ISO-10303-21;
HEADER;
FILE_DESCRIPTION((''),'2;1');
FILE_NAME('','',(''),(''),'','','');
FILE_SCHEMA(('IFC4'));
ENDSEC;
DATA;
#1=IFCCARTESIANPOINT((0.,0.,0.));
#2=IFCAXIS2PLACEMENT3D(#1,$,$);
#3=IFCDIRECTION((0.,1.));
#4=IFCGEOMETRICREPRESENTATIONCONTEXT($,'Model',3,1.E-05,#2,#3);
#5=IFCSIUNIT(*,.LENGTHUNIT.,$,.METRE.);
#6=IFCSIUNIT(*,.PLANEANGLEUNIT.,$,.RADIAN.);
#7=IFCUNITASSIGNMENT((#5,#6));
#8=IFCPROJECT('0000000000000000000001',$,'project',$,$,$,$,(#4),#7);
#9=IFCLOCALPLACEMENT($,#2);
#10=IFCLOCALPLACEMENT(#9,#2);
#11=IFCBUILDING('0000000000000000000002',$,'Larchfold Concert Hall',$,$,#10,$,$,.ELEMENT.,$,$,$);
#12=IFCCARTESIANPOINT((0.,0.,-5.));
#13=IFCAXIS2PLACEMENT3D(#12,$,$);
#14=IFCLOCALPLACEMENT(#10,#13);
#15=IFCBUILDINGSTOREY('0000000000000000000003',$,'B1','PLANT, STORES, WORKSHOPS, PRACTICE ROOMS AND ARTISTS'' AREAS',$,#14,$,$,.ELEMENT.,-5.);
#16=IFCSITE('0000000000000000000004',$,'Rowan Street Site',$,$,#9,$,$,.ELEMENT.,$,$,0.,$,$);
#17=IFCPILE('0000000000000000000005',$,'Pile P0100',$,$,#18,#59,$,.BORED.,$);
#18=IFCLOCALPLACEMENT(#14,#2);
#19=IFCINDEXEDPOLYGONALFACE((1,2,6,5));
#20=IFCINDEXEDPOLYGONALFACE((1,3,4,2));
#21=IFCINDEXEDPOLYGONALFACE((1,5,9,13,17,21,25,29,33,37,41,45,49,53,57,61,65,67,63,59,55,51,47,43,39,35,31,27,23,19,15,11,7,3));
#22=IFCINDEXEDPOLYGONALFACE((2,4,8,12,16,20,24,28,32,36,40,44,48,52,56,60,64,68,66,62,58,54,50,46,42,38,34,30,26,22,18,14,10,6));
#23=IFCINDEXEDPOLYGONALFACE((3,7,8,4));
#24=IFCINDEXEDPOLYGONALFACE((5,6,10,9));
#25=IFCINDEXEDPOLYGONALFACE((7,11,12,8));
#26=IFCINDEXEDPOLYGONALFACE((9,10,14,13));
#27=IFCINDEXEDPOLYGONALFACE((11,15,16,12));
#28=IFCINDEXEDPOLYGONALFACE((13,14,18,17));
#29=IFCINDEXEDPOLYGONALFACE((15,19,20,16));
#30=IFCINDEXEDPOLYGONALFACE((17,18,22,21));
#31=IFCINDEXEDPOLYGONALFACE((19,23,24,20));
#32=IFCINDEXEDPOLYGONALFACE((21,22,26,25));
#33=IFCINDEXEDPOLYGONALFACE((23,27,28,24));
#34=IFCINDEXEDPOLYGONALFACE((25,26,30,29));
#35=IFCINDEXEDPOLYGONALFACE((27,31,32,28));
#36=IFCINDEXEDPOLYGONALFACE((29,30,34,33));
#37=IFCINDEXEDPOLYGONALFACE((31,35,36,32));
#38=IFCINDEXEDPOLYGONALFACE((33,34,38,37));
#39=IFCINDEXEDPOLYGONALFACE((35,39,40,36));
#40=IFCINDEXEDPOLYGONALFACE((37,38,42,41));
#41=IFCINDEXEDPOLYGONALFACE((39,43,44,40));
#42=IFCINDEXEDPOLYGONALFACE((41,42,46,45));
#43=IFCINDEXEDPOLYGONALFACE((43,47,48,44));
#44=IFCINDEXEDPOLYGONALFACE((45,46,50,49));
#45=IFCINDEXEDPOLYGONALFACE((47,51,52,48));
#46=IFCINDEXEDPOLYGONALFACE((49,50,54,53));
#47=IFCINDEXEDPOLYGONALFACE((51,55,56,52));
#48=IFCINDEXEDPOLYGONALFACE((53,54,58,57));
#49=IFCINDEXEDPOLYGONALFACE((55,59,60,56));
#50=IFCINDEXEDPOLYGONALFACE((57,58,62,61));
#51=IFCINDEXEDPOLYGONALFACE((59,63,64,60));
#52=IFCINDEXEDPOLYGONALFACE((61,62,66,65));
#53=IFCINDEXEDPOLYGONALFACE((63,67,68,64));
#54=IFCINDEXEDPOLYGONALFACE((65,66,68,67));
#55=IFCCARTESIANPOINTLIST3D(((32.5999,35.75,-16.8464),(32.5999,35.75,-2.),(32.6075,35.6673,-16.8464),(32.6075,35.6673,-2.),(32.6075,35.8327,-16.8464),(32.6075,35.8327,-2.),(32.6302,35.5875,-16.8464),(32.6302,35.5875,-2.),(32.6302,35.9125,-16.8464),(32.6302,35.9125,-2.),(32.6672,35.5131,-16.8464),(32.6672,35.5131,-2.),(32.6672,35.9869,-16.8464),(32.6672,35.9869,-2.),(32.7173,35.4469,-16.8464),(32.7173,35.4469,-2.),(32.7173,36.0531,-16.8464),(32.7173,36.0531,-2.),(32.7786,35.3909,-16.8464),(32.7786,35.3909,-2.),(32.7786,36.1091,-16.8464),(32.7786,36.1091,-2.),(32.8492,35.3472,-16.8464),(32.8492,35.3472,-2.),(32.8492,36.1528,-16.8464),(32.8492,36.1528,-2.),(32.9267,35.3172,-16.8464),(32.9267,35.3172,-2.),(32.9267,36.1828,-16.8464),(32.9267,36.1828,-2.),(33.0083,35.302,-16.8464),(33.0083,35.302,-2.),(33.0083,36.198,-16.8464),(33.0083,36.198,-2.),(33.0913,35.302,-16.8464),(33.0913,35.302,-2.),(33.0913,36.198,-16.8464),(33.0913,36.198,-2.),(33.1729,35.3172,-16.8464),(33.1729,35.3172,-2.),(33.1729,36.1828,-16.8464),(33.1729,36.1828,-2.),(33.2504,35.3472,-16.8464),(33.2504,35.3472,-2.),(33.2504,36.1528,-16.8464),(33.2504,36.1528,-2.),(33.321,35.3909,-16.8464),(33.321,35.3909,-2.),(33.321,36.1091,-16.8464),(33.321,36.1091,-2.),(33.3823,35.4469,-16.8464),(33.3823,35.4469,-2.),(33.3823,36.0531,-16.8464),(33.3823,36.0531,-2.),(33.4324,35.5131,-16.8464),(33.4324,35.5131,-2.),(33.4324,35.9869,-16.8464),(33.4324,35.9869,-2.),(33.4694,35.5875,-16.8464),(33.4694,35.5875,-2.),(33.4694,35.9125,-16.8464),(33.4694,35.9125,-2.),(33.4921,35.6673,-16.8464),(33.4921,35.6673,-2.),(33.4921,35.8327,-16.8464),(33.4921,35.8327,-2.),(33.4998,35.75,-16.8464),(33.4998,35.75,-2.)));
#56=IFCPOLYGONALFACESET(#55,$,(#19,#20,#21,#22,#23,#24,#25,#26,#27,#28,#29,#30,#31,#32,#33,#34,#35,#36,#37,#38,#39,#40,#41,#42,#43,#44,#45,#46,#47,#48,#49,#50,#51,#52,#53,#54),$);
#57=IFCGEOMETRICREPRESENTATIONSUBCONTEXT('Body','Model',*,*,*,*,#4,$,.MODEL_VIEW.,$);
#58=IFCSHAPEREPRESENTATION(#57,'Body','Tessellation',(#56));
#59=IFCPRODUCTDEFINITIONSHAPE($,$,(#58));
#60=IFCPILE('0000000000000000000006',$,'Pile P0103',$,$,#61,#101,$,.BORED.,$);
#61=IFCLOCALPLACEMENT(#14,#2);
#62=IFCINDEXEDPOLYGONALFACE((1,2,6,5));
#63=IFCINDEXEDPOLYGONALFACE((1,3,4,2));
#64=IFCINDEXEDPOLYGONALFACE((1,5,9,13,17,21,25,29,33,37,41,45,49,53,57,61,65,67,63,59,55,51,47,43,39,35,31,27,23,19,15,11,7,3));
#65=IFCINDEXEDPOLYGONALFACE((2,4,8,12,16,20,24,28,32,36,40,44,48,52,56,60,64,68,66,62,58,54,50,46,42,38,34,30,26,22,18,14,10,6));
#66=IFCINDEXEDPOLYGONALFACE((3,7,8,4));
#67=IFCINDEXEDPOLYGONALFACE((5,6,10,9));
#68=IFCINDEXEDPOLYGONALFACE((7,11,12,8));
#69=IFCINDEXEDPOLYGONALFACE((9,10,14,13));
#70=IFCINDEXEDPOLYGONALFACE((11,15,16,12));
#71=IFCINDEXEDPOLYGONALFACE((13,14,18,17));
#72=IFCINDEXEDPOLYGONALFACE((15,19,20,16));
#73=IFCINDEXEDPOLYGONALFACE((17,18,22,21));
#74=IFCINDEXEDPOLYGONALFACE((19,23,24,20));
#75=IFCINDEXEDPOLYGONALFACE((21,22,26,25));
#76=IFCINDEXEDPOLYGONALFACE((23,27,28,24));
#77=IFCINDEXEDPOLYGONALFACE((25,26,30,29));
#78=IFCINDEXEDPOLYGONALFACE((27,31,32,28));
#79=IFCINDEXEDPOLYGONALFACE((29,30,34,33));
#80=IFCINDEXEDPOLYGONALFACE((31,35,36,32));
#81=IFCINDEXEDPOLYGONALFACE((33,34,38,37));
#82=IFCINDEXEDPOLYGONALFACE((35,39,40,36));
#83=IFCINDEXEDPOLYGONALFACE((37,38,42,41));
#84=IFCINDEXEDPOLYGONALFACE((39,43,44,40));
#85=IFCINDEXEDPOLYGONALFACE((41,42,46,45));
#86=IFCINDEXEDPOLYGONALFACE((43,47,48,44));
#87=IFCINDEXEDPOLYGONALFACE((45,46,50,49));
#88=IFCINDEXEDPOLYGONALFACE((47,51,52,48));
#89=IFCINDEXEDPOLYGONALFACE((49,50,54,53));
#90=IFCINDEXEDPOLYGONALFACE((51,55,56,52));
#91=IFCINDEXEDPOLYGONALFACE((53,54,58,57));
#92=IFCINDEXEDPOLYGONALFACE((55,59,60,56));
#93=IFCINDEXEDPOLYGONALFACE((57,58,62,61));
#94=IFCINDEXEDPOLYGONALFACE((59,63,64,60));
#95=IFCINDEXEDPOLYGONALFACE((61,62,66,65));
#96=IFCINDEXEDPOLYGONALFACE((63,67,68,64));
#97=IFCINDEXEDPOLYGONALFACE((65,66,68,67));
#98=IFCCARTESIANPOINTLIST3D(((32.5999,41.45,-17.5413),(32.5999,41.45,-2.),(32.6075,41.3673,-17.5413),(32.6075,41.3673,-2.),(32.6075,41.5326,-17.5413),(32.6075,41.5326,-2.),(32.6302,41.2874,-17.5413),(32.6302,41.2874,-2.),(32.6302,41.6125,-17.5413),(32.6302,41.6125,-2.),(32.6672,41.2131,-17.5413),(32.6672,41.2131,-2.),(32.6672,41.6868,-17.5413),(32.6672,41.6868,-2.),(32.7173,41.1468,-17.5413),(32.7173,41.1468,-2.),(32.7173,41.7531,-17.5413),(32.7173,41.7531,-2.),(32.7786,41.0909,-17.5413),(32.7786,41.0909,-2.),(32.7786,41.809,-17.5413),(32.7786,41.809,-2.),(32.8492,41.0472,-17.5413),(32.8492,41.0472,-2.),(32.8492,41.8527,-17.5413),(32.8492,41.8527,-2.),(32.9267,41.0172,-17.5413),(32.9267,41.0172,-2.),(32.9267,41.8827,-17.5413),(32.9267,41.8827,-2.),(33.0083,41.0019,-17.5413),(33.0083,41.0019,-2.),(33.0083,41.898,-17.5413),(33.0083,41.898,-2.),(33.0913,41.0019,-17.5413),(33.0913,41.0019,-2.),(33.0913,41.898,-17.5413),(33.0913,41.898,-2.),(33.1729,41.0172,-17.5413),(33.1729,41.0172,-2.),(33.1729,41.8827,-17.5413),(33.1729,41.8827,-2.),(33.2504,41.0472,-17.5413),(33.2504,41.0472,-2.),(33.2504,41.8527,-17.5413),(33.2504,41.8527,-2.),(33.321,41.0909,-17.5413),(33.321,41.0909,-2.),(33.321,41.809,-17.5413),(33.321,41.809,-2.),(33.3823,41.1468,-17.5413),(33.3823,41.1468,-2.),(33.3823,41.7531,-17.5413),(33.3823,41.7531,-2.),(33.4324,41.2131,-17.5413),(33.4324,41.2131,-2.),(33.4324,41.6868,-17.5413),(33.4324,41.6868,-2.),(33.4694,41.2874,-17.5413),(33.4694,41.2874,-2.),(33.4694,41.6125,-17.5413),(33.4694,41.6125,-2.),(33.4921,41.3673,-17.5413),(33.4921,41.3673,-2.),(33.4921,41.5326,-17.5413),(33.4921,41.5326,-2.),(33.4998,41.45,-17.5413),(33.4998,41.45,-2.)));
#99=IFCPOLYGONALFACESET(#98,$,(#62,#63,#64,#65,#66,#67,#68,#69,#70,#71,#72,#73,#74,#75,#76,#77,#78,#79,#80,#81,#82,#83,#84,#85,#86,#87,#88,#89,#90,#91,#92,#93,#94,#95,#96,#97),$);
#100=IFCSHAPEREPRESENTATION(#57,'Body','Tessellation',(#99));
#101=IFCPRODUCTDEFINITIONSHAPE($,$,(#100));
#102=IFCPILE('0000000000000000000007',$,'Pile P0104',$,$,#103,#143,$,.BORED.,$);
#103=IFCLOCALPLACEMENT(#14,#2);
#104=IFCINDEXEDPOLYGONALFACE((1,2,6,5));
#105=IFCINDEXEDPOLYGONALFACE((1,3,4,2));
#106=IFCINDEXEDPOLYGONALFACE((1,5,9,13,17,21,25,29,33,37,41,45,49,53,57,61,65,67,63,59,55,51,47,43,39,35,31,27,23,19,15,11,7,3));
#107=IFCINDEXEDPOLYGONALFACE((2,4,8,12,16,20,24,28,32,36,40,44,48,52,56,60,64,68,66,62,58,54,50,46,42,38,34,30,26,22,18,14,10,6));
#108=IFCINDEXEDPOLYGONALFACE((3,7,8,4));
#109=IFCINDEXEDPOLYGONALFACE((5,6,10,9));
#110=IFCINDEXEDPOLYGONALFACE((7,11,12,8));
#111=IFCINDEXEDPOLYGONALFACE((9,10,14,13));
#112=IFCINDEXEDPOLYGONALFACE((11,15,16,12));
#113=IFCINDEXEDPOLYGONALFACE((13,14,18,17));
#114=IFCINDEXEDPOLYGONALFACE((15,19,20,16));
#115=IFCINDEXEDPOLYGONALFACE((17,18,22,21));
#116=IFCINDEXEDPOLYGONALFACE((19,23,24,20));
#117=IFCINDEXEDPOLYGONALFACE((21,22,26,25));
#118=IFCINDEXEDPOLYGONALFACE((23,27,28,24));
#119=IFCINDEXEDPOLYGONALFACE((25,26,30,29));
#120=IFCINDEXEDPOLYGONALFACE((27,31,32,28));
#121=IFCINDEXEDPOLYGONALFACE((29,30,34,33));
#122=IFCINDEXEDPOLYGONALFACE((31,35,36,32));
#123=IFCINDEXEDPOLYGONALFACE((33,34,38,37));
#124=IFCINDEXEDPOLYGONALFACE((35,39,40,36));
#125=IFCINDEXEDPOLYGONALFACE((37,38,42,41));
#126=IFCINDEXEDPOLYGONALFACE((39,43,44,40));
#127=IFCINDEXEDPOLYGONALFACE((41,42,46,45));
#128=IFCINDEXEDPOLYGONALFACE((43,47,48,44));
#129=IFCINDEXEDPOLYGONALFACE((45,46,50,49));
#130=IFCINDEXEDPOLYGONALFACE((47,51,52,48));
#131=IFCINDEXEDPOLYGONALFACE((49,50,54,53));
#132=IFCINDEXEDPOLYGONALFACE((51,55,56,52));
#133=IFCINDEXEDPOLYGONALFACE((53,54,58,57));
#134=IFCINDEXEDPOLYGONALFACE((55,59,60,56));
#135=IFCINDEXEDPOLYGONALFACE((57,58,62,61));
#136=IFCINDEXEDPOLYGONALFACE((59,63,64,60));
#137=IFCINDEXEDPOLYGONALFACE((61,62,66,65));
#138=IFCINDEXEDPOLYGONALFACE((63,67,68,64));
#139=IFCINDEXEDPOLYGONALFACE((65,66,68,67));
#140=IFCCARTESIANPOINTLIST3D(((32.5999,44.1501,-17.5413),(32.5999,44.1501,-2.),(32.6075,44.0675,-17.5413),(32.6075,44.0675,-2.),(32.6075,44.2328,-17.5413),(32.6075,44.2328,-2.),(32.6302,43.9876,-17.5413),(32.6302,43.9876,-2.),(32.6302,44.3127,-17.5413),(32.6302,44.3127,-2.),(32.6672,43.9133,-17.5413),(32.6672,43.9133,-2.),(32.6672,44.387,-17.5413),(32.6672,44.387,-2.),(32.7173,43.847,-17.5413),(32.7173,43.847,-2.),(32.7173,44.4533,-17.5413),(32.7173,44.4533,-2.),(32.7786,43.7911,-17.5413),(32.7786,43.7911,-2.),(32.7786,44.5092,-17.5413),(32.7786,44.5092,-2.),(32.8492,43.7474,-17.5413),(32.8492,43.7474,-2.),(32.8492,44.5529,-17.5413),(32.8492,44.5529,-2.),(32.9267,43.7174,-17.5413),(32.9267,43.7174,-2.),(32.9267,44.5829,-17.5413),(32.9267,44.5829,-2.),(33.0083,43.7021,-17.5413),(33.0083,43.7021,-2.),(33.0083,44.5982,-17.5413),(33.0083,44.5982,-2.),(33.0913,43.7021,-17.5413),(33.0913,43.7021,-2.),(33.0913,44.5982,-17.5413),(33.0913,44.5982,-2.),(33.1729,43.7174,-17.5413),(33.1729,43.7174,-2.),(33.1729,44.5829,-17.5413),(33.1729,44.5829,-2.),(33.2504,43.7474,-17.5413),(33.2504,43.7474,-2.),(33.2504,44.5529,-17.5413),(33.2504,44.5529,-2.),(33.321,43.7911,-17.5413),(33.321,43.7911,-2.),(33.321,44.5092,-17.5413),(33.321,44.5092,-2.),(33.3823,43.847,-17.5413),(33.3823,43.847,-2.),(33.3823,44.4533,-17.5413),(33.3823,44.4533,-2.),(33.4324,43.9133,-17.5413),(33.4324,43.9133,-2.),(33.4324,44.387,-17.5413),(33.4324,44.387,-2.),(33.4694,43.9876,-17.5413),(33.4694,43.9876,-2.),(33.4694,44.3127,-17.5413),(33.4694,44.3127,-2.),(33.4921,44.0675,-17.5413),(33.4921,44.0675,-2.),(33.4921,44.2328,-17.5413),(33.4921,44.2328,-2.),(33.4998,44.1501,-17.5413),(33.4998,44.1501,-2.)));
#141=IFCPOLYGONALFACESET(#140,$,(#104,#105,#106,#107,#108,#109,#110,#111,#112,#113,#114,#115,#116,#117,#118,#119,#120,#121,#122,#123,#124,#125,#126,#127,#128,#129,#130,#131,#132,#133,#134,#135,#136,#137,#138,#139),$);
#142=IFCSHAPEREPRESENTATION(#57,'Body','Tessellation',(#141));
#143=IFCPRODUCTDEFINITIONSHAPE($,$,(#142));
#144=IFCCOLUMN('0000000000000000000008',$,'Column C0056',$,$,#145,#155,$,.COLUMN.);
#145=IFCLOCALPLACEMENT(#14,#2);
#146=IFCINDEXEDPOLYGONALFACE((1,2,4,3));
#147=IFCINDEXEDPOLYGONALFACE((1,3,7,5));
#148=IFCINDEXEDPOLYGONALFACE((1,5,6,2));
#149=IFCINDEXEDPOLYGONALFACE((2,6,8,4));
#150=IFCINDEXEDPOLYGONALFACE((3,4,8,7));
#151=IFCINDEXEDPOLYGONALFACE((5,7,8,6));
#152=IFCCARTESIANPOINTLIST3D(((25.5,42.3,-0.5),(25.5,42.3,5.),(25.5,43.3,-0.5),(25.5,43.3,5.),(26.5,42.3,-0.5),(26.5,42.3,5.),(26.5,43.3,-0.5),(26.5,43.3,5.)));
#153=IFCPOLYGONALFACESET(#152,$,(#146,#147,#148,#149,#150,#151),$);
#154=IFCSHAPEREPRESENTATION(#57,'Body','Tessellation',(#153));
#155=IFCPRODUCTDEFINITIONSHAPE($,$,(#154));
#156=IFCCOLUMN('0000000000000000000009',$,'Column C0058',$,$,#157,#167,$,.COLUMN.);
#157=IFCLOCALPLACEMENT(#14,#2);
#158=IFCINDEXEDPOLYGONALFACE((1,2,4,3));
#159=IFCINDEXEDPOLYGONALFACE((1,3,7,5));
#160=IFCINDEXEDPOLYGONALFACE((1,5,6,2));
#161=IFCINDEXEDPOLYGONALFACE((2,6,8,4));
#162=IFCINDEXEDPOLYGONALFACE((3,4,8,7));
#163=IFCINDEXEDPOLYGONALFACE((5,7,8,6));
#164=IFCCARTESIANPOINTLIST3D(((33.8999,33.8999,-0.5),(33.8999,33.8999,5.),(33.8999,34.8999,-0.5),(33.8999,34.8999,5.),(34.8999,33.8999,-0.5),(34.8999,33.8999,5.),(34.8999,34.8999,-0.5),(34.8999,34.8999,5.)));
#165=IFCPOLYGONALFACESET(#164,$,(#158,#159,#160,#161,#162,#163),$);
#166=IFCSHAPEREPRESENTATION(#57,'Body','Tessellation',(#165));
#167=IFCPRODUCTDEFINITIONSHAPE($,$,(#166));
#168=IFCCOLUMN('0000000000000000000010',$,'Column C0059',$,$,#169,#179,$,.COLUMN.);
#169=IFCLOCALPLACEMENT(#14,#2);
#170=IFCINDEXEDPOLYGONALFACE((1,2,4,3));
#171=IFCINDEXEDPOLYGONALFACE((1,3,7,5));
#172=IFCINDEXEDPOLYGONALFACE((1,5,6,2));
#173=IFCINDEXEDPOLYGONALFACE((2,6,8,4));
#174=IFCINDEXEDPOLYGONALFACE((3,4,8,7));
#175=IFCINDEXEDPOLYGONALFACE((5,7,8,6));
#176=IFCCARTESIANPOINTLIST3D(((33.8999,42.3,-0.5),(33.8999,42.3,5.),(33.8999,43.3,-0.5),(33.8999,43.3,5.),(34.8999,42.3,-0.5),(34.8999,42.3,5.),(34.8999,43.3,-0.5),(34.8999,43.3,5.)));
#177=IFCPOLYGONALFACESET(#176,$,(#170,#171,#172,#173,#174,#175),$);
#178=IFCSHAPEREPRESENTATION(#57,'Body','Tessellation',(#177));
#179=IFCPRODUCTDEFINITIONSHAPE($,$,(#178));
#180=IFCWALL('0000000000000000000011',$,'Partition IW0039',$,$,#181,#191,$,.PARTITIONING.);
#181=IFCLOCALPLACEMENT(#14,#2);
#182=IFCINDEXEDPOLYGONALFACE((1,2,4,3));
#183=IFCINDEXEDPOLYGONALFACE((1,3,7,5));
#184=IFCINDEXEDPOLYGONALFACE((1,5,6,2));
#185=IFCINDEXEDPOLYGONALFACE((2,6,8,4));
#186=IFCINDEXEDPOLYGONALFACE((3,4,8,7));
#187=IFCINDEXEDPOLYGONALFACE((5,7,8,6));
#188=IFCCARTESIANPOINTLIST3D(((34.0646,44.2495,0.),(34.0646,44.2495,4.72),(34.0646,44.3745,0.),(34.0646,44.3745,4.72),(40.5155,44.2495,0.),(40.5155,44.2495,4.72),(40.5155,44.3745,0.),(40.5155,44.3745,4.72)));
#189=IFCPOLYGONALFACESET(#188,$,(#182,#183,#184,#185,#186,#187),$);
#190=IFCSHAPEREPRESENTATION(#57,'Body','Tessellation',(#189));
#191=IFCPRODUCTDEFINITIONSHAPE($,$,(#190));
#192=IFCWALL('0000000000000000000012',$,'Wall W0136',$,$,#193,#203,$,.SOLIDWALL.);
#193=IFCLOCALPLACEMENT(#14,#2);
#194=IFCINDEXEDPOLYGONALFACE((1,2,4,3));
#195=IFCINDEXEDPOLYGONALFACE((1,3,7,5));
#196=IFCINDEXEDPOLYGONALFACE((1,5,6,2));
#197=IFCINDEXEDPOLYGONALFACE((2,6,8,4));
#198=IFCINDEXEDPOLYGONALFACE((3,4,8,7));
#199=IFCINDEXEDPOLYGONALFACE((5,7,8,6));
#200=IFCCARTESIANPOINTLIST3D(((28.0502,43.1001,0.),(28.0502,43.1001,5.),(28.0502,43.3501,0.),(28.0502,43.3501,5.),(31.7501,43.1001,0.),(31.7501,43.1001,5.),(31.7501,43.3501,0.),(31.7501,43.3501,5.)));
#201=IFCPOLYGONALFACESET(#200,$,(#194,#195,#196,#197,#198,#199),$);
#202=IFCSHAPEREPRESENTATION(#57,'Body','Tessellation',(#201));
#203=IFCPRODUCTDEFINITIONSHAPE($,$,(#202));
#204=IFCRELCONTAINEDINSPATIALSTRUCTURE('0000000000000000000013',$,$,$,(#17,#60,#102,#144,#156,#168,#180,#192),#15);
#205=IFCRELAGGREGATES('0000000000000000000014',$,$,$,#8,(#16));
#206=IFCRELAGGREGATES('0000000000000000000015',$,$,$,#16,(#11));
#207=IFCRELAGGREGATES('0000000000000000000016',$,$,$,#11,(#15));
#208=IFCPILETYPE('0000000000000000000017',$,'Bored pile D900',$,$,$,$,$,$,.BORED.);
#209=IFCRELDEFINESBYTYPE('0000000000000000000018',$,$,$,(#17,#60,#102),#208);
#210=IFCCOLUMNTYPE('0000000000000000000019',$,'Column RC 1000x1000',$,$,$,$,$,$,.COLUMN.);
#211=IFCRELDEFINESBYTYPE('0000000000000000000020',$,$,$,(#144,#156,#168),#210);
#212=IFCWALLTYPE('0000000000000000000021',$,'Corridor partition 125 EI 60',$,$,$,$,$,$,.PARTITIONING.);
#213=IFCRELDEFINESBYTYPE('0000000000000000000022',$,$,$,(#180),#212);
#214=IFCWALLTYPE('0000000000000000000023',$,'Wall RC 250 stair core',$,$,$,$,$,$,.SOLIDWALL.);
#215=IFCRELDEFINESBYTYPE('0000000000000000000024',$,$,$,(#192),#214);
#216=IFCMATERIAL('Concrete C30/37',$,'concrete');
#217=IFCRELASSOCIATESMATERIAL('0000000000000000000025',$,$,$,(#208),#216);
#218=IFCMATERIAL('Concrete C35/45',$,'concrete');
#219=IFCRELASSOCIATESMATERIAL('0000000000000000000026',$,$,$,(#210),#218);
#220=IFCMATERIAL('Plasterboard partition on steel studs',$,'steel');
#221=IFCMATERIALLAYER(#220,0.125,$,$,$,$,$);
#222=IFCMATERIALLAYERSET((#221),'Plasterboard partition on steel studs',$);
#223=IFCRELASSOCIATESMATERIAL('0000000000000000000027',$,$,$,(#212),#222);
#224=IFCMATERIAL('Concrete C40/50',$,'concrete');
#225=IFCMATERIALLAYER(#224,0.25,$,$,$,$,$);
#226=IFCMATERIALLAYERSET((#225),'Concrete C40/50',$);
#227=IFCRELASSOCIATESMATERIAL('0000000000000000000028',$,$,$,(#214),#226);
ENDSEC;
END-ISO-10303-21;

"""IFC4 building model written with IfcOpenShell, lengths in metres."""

from ifc_helpers import new_model, si_unit, direction, frame, frame_2d, origin, origin_2d, place, context, subcontext, project, spatial, rectangle, circle, extrude, material, layer, layer_set, material_profile, profile_set, type_object, element, save


model = new_model("IFC4")

# Units and contexts
model_context = context("Model", 3, precision=1e-05, world=origin(), true_north=direction((0.0, 1.0)))
body_context = subcontext(model_context, "Body", "Model", "MODEL_VIEW")
ifc_project = project(units=[si_unit("LENGTHUNIT", "METRE"), si_unit("PLANEANGLEUNIT", "RADIAN")], contexts=[model_context])

# Site, building, storey
site_placement = place(None, origin())
site = spatial("IfcSite", under=ifc_project, at=site_placement, Name="Rowan Street Site", CompositionType="ELEMENT", RefElevation=0.0)
building_placement = place(site_placement, origin())
building = spatial("IfcBuilding", under=site, at=building_placement, Name="Larchfold Concert Hall", CompositionType="ELEMENT")
storey_placement = place(building_placement, frame((0.0, 0.0, -5.0)))
storey = spatial("IfcBuildingStorey", under=building, at=storey_placement, Name="B1", Description="PLANT, STORES, WORKSHOPS, PRACTICE ROOMS AND ARTISTS' AREAS", CompositionType="ELEMENT", Elevation=-5.0)

# Piles
ifc_material_1 = material(Name="Concrete C30/37", Category="concrete")
ifc_material_profile_1 = material_profile(ifc_material_1, circle(Radius=0.45, at=origin_2d()))
ifc_profile_set_1 = profile_set([ifc_material_profile_1], Name="Concrete C30/37")
pile_type = type_object("IfcPileType", Name="Bored pile D900", PredefinedType="BORED", material=ifc_profile_set_1)
pile_placement = place(storey_placement, frame((33.0498, 35.75, -2.0), z_axis=(0.0, 0.0, -1.0), x_axis=(1.0, 0.0, 0.0)))
element("IfcPile", 1, at=pile_placement, inside=storey, type_object=pile_type, Name="Pile P0100", PredefinedType="BORED", context=body_context, shape_type="SweptSolid", body=[
    extrude(circle(Radius=0.45, at=origin_2d()), origin(), (0.0, 0.0, 1.0), 14.8464),
])
for number, where, z_axis, x_axis, name in (
    (2, (33.0498, 41.45, -2.0), (0.0, 0.0, -1.0), (1.0, 0.0, 0.0), "Pile P0103"),
    (3, (33.0498, 44.1501, -2.0), (0.0, 0.0, -1.0), (1.0, 0.0, 0.0), "Pile P0104"),
):
    element("IfcPile", number, at=place(storey_placement, frame(where, z_axis=z_axis, x_axis=x_axis)), inside=storey, type_object=pile_type, Name=name, PredefinedType="BORED", context=body_context, shape_type="SweptSolid", body=[
        extrude(circle(Radius=0.45, at=origin_2d()), origin(), (0.0, 0.0, 1.0), 15.5413),
    ])

# Columns
ifc_material_2 = material(Name="Concrete C35/45", Category="concrete")
ifc_material_profile_2 = material_profile(ifc_material_2, rectangle(XDim=1.0, YDim=1.0, at=origin_2d()))
ifc_profile_set_2 = profile_set([ifc_material_profile_2], Name="Concrete C35/45")
column_type = type_object("IfcColumnType", Name="Column RC 1000x1000", PredefinedType="COLUMN", material=ifc_profile_set_2)
for number, where, z_axis, x_axis, name in (
    (4, (26.0, 42.8, -0.5), (0.0, 0.0, 1.0), (1.0, 0.0, 0.0), "Column C0056"),
    (5, (34.3999, 34.3999, -0.5), (0.0, 0.0, 1.0), (1.0, 0.0, 0.0), "Column C0058"),
    (6, (34.3999, 42.8, -0.5), (0.0, 0.0, 1.0), (1.0, 0.0, 0.0), "Column C0059"),
):
    element("IfcColumn", number, at=place(storey_placement, frame(where, z_axis=z_axis, x_axis=x_axis)), inside=storey, type_object=column_type, Name=name, PredefinedType="COLUMN", context=body_context, shape_type="SweptSolid", body=[
        extrude(rectangle(XDim=1.0, YDim=1.0, at=origin_2d()), origin(), (0.0, 0.0, 1.0), 5.5),
    ])

# Walls
ifc_material_3 = material(Name="Plasterboard partition on steel studs", Category="steel")
ifc_layer_1 = layer(ifc_material_3, 0.125)
ifc_layer_set_1 = layer_set([ifc_layer_1], Name="Plasterboard partition on steel studs")
wall_type_1 = type_object("IfcWallType", Name="Corridor partition 125 EI 60", PredefinedType="PARTITIONING", material=ifc_layer_set_1)
wall_1_placement = place(storey_placement, frame((34.0645, 44.312, 0.0), z_axis=(0.0, 0.0, 1.0), x_axis=(1.0, 0.0, 0.0)))
element("IfcWall", 7, at=wall_1_placement, inside=storey, type_object=wall_type_1, Name="Partition IW0039", PredefinedType="PARTITIONING", context=body_context, shape_type="SweptSolid", body=[
    extrude(rectangle(XDim=6.4509, YDim=0.125, at=frame_2d((3.2256, 0.0))), origin(), (0.0, 0.0, 1.0), 4.72),
])
ifc_material_4 = material(Name="Concrete C40/50", Category="concrete")
ifc_layer_2 = layer(ifc_material_4, 0.25)
ifc_layer_set_2 = layer_set([ifc_layer_2], Name="Concrete C40/50")
wall_type_2 = type_object("IfcWallType", Name="Wall RC 250 stair core", PredefinedType="SOLIDWALL", material=ifc_layer_set_2)
wall_2_placement = place(storey_placement, frame((28.05, 43.2251, 0.0), z_axis=(0.0, 0.0, 1.0), x_axis=(1.0, 0.0, 0.0)))
element("IfcWall", 8, at=wall_2_placement, inside=storey, type_object=wall_type_2, Name="Wall W0136", PredefinedType="SOLIDWALL", context=body_context, shape_type="SweptSolid", body=[
    extrude(rectangle(XDim=3.7, YDim=0.25, at=frame_2d((1.8501, 0.0))), origin(), (0.0, 0.0, 1.0), 5.0),
])

save(model, "model.ifc")
